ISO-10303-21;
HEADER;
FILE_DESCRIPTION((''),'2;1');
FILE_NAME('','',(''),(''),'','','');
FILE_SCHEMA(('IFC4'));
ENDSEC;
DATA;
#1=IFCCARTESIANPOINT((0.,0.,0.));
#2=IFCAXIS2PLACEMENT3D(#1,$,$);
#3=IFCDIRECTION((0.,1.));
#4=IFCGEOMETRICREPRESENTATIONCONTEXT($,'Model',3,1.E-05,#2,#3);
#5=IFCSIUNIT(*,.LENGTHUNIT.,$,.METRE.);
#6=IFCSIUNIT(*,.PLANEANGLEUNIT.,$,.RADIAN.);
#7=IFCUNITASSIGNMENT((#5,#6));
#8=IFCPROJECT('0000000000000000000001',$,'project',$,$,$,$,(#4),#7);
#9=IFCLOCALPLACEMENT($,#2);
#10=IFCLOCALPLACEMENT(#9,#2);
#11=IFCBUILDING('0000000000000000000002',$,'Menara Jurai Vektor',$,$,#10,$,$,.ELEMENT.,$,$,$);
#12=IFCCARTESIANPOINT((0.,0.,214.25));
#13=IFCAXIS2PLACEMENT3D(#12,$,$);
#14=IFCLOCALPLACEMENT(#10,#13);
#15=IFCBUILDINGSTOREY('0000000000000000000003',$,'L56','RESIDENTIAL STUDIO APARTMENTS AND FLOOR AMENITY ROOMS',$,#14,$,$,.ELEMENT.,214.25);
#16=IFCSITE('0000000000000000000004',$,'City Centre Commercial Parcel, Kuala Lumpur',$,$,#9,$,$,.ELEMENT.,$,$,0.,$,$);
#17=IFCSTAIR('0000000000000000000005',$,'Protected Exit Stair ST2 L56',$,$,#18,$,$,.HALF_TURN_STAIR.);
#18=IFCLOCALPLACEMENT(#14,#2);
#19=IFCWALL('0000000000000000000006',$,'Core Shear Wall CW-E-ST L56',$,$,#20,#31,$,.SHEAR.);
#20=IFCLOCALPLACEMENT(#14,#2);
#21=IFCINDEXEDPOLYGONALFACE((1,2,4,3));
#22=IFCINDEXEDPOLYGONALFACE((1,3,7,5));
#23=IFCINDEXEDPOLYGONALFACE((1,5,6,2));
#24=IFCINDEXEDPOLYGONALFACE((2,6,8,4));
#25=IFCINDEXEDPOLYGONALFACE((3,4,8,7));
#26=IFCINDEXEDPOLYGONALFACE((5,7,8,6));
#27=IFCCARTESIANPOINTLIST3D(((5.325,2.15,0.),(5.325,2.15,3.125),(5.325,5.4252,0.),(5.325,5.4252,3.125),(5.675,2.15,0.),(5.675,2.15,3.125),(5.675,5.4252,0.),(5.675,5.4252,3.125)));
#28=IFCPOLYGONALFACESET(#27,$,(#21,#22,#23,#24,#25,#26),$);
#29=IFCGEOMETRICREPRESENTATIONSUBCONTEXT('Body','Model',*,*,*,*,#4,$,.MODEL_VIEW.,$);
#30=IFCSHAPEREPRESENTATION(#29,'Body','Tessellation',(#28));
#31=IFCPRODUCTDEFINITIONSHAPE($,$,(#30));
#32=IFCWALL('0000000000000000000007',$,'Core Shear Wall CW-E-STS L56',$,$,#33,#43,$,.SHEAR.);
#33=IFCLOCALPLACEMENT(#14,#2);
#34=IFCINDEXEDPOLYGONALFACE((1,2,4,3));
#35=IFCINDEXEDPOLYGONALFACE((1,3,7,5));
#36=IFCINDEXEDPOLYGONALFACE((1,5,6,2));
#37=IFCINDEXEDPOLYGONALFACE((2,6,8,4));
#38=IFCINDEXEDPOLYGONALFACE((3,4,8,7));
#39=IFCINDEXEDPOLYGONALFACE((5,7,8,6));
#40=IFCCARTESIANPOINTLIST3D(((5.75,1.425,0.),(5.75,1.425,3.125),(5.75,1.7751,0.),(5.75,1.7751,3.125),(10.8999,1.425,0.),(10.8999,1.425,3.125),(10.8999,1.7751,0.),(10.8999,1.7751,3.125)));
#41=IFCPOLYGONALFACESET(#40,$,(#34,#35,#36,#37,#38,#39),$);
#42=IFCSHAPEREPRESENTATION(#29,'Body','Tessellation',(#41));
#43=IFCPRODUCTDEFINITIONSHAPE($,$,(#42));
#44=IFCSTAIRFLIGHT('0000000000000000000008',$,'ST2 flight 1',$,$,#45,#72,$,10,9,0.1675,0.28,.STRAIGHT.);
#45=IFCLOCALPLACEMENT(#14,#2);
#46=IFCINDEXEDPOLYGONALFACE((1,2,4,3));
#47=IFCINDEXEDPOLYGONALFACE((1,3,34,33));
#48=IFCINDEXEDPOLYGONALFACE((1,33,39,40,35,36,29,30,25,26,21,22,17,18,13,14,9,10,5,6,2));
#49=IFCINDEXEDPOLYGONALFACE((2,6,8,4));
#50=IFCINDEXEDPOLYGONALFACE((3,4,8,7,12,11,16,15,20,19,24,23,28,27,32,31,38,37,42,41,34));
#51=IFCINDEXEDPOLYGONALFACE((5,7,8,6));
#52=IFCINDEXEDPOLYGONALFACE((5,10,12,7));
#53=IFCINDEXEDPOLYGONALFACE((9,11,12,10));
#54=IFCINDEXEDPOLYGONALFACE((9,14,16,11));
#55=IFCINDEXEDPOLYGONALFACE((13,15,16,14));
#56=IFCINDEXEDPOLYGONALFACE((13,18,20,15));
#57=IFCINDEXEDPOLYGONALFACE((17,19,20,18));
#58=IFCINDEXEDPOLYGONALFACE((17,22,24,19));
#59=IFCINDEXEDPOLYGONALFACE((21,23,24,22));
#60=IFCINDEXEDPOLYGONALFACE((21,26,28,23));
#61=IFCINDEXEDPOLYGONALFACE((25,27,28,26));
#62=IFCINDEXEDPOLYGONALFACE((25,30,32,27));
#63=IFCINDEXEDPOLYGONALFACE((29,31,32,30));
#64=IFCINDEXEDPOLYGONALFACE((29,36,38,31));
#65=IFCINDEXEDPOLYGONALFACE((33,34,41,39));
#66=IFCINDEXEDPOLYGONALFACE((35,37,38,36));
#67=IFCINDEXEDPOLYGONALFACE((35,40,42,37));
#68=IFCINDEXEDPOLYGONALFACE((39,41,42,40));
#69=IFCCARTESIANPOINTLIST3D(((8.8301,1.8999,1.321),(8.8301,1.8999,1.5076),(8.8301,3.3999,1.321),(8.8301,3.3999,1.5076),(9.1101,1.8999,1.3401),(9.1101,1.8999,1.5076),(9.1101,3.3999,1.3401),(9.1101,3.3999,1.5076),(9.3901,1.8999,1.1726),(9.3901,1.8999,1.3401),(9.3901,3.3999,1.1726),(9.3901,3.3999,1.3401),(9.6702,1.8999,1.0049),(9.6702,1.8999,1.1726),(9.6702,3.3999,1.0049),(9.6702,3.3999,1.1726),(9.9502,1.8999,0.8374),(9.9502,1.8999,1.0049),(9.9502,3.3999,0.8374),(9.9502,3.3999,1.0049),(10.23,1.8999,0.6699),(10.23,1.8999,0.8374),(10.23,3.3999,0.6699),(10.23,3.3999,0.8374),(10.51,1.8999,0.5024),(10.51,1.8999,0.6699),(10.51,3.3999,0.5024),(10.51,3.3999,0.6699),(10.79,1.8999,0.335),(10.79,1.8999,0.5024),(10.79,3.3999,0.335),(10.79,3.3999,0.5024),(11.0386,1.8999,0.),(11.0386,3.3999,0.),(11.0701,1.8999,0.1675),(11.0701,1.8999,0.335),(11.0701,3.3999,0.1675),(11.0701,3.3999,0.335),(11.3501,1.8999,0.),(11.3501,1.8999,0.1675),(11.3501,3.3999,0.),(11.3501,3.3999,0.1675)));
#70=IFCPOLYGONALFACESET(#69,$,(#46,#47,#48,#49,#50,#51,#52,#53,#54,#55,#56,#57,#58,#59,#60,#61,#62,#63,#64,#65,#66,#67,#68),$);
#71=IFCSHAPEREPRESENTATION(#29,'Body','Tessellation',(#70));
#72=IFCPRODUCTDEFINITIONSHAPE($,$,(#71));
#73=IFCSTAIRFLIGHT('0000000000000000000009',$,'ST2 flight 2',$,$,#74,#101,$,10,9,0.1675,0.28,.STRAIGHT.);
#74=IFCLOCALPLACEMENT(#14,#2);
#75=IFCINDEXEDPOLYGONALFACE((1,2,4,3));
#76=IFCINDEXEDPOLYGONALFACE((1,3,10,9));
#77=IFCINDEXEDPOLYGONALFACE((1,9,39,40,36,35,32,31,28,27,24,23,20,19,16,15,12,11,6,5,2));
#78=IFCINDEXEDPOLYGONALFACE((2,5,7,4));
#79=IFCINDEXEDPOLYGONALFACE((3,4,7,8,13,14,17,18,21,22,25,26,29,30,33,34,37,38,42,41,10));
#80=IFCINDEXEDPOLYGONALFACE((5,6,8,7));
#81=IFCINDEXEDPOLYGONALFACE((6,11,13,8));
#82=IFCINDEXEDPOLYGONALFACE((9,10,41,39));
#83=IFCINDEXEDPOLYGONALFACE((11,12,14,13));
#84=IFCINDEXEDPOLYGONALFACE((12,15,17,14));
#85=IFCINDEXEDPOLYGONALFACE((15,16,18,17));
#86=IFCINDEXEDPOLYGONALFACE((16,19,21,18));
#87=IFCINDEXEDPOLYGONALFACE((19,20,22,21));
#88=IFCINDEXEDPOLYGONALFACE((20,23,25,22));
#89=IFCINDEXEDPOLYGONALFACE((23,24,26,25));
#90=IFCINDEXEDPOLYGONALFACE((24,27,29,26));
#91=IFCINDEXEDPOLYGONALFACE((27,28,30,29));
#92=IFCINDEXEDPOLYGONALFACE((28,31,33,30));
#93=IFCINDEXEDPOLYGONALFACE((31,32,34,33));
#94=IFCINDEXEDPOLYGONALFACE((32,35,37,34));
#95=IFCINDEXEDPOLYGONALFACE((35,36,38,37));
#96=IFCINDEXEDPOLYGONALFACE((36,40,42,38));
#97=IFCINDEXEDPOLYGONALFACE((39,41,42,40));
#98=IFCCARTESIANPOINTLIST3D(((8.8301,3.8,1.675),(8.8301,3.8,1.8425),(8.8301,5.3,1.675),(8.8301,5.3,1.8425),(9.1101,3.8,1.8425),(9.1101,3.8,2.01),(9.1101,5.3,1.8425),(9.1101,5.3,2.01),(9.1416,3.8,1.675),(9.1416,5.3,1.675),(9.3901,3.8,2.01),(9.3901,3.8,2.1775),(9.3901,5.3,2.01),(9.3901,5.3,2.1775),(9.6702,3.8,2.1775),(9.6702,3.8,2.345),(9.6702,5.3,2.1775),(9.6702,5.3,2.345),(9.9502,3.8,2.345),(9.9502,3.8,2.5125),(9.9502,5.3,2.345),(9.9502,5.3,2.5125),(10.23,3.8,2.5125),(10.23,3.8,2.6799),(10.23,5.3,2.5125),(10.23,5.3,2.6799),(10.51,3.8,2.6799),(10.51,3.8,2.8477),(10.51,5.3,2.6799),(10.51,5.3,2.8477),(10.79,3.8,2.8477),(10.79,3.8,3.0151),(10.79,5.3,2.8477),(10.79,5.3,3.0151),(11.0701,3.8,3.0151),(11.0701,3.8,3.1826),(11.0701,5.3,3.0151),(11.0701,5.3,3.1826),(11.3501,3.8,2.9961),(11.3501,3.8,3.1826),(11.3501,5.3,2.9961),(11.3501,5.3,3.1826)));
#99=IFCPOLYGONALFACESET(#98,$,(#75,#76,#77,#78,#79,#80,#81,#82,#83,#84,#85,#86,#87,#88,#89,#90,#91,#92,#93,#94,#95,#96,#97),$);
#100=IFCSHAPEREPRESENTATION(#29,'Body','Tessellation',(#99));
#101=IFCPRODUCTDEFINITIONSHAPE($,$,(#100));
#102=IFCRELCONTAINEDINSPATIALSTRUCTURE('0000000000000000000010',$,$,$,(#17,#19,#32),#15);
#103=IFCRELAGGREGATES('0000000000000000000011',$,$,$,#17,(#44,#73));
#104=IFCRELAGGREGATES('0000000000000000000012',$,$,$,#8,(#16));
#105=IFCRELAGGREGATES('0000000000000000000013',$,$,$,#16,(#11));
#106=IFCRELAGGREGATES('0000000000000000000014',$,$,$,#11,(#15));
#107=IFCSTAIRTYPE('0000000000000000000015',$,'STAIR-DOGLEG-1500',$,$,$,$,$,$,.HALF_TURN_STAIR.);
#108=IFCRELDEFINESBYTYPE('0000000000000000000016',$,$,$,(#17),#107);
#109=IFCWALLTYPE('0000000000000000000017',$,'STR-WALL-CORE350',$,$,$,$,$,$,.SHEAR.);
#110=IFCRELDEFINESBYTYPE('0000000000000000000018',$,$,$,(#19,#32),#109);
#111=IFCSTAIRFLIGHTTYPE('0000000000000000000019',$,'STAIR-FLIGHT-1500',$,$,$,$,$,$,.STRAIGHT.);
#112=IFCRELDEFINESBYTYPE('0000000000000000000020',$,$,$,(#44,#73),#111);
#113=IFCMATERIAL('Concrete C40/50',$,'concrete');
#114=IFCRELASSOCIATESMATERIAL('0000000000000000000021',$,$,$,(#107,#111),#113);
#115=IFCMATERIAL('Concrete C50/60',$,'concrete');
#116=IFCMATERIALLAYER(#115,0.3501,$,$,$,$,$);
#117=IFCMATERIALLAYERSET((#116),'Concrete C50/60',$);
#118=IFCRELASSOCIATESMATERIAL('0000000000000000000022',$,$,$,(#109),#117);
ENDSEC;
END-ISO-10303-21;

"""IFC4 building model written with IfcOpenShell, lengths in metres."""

from ifc_helpers import new_model, si_unit, direction, frame, frame_2d, origin, place, context, subcontext, project, spatial, polyline, rectangle, outline, extrude, material, layer, layer_set, type_object, element, aggregate, save


model = new_model("IFC4")

# Units and contexts
model_context = context("Model", 3, precision=1e-05, world=origin(), true_north=direction((0.0, 1.0)))
body_context = subcontext(model_context, "Body", "Model", "MODEL_VIEW")
ifc_project = project(units=[si_unit("LENGTHUNIT", "METRE"), si_unit("PLANEANGLEUNIT", "RADIAN")], contexts=[model_context])

# Site, building, storey
site_placement = place(None, origin())
site = spatial("IfcSite", under=ifc_project, at=site_placement, Name="City Centre Commercial Parcel, Kuala Lumpur", CompositionType="ELEMENT", RefElevation=0.0)
building_placement = place(site_placement, origin())
building = spatial("IfcBuilding", under=site, at=building_placement, Name="Menara Jurai Vektor", CompositionType="ELEMENT")
storey_placement = place(building_placement, frame((0.0, 0.0, 214.25)))
storey = spatial("IfcBuildingStorey", under=building, at=storey_placement, Name="L56", Description="RESIDENTIAL STUDIO APARTMENTS AND FLOOR AMENITY ROOMS", CompositionType="ELEMENT", Elevation=214.25)

# Shared definitions
ifc_material_1 = material(Name="Concrete C50/60", Category="concrete")

# Stair
ifc_material_2 = material(Name="Concrete C40/50", Category="concrete")
stair_type = type_object("IfcStairType", Name="STAIR-DOGLEG-1500", PredefinedType="HALF_TURN_STAIR", material=ifc_material_2)
stair_1_placement = place(storey_placement, origin())
stair_1 = element("IfcStair", 1, at=stair_1_placement, inside=storey, type_object=stair_type, Name="Protected Exit Stair ST2 L56", PredefinedType="HALF_TURN_STAIR")

# Walls
ifc_layer_1 = layer(ifc_material_1, 0.3501)
ifc_layer_set_1 = layer_set([ifc_layer_1], Name="Concrete C50/60")
wall_type_1 = type_object("IfcWallType", Name="STR-WALL-CORE350", PredefinedType="SHEAR", material=ifc_layer_set_1)
wall_1_placement = place(storey_placement, frame((5.5, 2.1499, 0.0), z_axis=(0.0, 0.0, 1.0), x_axis=(0.0, 1.0, 0.0)))
element("IfcWall", 2, at=wall_1_placement, inside=storey, type_object=wall_type_1, Name="Core Shear Wall CW-E-ST L56", PredefinedType="SHEAR", context=body_context, shape_type="SweptSolid", body=[
    extrude(rectangle(XDim=3.2751, YDim=0.3501, at=frame_2d((1.6377, 0.0))), origin(), (0.0, 0.0, 1.0), 3.125),
])
wall_2_placement = place(storey_placement, frame((5.75, 1.6001, 0.0), z_axis=(0.0, 0.0, 1.0), x_axis=(1.0, 0.0, 0.0)))
element("IfcWall", 3, at=wall_2_placement, inside=storey, type_object=wall_type_1, Name="Core Shear Wall CW-E-STS L56", PredefinedType="SHEAR", context=body_context, shape_type="SweptSolid", body=[
    extrude(rectangle(XDim=5.1499, YDim=0.3501, at=frame_2d((2.575, 0.0))), origin(), (0.0, 0.0, 1.0), 3.125),
])

# Stair flights
stair_flight_type = type_object("IfcStairFlightType", Name="STAIR-FLIGHT-1500", PredefinedType="STRAIGHT", material=ifc_material_2)
stair_flight_1_placement = place(storey_placement, frame((11.3501, 2.6499, 0.0), z_axis=(0.0, 0.0, 1.0), x_axis=(-1.0, 0.0, 0.0)))
stair_flight_1 = element("IfcStairFlight", 4, at=stair_flight_1_placement, type_object=stair_flight_type, Name="ST2 flight 1", NumberOfRisers=10, NumberOfTreads=9, PredefinedType="STRAIGHT", RiserHeight=0.1675, TreadLength=0.28, context=body_context, shape_type="SweptSolid", body=[
    extrude(outline(polyline([(0.0, 0.0), (0.0, 0.1675), (0.28, 0.1675), (0.28, 0.335), (0.5601, 0.335), (0.5601, 0.5024), (0.8401, 0.5024), (0.8401, 0.6699), (1.1201, 0.6699), (1.1201, 0.8374), (1.3999, 0.8374), (1.3999, 1.0049), (1.6799, 1.0049), (1.6799, 1.1726), (1.96, 1.1726), (1.96, 1.3401), (2.24, 1.3401), (2.24, 1.5076), (2.52, 1.5076), (2.52, 1.675), (2.52, 1.321), (0.3115, 0.0), (0.0, 0.0)])), frame((0.0, 0.75, 0.0), z_axis=(0.0, -1.0, 0.0), x_axis=(1.0, 0.0, 0.0)), (0.0, 0.0, 1.0), 1.5),
])
stair_flight_2_placement = place(storey_placement, frame((8.8301, 4.55, 1.675), z_axis=(0.0, 0.0, 1.0), x_axis=(1.0, 0.0, 0.0)))
stair_flight_2 = element("IfcStairFlight", 5, at=stair_flight_2_placement, type_object=stair_flight_type, Name="ST2 flight 2", NumberOfRisers=10, NumberOfTreads=9, PredefinedType="STRAIGHT", RiserHeight=0.1675, TreadLength=0.28, context=body_context, shape_type="SweptSolid", body=[
    extrude(outline(polyline([(0.0, 0.0), (0.0, 0.1675), (0.28, 0.1675), (0.28, 0.335), (0.5601, 0.335), (0.5601, 0.5024), (0.8401, 0.5024), (0.8401, 0.6699), (1.1201, 0.6699), (1.1201, 0.8374), (1.3999, 0.8374), (1.3999, 1.0049), (1.6799, 1.0049), (1.6799, 1.1726), (1.96, 1.1726), (1.96, 1.3401), (2.24, 1.3401), (2.24, 1.5076), (2.52, 1.5076), (2.52, 1.675), (2.52, 1.321), (0.3115, 0.0), (0.0, 0.0)])), frame((0.0, 0.75, 0.0), z_axis=(0.0, -1.0, 0.0), x_axis=(1.0, 0.0, 0.0)), (0.0, 0.0, 1.0), 1.5),
])
aggregate(stair_1, [stair_flight_1, stair_flight_2])

save(model, "model.ifc")
